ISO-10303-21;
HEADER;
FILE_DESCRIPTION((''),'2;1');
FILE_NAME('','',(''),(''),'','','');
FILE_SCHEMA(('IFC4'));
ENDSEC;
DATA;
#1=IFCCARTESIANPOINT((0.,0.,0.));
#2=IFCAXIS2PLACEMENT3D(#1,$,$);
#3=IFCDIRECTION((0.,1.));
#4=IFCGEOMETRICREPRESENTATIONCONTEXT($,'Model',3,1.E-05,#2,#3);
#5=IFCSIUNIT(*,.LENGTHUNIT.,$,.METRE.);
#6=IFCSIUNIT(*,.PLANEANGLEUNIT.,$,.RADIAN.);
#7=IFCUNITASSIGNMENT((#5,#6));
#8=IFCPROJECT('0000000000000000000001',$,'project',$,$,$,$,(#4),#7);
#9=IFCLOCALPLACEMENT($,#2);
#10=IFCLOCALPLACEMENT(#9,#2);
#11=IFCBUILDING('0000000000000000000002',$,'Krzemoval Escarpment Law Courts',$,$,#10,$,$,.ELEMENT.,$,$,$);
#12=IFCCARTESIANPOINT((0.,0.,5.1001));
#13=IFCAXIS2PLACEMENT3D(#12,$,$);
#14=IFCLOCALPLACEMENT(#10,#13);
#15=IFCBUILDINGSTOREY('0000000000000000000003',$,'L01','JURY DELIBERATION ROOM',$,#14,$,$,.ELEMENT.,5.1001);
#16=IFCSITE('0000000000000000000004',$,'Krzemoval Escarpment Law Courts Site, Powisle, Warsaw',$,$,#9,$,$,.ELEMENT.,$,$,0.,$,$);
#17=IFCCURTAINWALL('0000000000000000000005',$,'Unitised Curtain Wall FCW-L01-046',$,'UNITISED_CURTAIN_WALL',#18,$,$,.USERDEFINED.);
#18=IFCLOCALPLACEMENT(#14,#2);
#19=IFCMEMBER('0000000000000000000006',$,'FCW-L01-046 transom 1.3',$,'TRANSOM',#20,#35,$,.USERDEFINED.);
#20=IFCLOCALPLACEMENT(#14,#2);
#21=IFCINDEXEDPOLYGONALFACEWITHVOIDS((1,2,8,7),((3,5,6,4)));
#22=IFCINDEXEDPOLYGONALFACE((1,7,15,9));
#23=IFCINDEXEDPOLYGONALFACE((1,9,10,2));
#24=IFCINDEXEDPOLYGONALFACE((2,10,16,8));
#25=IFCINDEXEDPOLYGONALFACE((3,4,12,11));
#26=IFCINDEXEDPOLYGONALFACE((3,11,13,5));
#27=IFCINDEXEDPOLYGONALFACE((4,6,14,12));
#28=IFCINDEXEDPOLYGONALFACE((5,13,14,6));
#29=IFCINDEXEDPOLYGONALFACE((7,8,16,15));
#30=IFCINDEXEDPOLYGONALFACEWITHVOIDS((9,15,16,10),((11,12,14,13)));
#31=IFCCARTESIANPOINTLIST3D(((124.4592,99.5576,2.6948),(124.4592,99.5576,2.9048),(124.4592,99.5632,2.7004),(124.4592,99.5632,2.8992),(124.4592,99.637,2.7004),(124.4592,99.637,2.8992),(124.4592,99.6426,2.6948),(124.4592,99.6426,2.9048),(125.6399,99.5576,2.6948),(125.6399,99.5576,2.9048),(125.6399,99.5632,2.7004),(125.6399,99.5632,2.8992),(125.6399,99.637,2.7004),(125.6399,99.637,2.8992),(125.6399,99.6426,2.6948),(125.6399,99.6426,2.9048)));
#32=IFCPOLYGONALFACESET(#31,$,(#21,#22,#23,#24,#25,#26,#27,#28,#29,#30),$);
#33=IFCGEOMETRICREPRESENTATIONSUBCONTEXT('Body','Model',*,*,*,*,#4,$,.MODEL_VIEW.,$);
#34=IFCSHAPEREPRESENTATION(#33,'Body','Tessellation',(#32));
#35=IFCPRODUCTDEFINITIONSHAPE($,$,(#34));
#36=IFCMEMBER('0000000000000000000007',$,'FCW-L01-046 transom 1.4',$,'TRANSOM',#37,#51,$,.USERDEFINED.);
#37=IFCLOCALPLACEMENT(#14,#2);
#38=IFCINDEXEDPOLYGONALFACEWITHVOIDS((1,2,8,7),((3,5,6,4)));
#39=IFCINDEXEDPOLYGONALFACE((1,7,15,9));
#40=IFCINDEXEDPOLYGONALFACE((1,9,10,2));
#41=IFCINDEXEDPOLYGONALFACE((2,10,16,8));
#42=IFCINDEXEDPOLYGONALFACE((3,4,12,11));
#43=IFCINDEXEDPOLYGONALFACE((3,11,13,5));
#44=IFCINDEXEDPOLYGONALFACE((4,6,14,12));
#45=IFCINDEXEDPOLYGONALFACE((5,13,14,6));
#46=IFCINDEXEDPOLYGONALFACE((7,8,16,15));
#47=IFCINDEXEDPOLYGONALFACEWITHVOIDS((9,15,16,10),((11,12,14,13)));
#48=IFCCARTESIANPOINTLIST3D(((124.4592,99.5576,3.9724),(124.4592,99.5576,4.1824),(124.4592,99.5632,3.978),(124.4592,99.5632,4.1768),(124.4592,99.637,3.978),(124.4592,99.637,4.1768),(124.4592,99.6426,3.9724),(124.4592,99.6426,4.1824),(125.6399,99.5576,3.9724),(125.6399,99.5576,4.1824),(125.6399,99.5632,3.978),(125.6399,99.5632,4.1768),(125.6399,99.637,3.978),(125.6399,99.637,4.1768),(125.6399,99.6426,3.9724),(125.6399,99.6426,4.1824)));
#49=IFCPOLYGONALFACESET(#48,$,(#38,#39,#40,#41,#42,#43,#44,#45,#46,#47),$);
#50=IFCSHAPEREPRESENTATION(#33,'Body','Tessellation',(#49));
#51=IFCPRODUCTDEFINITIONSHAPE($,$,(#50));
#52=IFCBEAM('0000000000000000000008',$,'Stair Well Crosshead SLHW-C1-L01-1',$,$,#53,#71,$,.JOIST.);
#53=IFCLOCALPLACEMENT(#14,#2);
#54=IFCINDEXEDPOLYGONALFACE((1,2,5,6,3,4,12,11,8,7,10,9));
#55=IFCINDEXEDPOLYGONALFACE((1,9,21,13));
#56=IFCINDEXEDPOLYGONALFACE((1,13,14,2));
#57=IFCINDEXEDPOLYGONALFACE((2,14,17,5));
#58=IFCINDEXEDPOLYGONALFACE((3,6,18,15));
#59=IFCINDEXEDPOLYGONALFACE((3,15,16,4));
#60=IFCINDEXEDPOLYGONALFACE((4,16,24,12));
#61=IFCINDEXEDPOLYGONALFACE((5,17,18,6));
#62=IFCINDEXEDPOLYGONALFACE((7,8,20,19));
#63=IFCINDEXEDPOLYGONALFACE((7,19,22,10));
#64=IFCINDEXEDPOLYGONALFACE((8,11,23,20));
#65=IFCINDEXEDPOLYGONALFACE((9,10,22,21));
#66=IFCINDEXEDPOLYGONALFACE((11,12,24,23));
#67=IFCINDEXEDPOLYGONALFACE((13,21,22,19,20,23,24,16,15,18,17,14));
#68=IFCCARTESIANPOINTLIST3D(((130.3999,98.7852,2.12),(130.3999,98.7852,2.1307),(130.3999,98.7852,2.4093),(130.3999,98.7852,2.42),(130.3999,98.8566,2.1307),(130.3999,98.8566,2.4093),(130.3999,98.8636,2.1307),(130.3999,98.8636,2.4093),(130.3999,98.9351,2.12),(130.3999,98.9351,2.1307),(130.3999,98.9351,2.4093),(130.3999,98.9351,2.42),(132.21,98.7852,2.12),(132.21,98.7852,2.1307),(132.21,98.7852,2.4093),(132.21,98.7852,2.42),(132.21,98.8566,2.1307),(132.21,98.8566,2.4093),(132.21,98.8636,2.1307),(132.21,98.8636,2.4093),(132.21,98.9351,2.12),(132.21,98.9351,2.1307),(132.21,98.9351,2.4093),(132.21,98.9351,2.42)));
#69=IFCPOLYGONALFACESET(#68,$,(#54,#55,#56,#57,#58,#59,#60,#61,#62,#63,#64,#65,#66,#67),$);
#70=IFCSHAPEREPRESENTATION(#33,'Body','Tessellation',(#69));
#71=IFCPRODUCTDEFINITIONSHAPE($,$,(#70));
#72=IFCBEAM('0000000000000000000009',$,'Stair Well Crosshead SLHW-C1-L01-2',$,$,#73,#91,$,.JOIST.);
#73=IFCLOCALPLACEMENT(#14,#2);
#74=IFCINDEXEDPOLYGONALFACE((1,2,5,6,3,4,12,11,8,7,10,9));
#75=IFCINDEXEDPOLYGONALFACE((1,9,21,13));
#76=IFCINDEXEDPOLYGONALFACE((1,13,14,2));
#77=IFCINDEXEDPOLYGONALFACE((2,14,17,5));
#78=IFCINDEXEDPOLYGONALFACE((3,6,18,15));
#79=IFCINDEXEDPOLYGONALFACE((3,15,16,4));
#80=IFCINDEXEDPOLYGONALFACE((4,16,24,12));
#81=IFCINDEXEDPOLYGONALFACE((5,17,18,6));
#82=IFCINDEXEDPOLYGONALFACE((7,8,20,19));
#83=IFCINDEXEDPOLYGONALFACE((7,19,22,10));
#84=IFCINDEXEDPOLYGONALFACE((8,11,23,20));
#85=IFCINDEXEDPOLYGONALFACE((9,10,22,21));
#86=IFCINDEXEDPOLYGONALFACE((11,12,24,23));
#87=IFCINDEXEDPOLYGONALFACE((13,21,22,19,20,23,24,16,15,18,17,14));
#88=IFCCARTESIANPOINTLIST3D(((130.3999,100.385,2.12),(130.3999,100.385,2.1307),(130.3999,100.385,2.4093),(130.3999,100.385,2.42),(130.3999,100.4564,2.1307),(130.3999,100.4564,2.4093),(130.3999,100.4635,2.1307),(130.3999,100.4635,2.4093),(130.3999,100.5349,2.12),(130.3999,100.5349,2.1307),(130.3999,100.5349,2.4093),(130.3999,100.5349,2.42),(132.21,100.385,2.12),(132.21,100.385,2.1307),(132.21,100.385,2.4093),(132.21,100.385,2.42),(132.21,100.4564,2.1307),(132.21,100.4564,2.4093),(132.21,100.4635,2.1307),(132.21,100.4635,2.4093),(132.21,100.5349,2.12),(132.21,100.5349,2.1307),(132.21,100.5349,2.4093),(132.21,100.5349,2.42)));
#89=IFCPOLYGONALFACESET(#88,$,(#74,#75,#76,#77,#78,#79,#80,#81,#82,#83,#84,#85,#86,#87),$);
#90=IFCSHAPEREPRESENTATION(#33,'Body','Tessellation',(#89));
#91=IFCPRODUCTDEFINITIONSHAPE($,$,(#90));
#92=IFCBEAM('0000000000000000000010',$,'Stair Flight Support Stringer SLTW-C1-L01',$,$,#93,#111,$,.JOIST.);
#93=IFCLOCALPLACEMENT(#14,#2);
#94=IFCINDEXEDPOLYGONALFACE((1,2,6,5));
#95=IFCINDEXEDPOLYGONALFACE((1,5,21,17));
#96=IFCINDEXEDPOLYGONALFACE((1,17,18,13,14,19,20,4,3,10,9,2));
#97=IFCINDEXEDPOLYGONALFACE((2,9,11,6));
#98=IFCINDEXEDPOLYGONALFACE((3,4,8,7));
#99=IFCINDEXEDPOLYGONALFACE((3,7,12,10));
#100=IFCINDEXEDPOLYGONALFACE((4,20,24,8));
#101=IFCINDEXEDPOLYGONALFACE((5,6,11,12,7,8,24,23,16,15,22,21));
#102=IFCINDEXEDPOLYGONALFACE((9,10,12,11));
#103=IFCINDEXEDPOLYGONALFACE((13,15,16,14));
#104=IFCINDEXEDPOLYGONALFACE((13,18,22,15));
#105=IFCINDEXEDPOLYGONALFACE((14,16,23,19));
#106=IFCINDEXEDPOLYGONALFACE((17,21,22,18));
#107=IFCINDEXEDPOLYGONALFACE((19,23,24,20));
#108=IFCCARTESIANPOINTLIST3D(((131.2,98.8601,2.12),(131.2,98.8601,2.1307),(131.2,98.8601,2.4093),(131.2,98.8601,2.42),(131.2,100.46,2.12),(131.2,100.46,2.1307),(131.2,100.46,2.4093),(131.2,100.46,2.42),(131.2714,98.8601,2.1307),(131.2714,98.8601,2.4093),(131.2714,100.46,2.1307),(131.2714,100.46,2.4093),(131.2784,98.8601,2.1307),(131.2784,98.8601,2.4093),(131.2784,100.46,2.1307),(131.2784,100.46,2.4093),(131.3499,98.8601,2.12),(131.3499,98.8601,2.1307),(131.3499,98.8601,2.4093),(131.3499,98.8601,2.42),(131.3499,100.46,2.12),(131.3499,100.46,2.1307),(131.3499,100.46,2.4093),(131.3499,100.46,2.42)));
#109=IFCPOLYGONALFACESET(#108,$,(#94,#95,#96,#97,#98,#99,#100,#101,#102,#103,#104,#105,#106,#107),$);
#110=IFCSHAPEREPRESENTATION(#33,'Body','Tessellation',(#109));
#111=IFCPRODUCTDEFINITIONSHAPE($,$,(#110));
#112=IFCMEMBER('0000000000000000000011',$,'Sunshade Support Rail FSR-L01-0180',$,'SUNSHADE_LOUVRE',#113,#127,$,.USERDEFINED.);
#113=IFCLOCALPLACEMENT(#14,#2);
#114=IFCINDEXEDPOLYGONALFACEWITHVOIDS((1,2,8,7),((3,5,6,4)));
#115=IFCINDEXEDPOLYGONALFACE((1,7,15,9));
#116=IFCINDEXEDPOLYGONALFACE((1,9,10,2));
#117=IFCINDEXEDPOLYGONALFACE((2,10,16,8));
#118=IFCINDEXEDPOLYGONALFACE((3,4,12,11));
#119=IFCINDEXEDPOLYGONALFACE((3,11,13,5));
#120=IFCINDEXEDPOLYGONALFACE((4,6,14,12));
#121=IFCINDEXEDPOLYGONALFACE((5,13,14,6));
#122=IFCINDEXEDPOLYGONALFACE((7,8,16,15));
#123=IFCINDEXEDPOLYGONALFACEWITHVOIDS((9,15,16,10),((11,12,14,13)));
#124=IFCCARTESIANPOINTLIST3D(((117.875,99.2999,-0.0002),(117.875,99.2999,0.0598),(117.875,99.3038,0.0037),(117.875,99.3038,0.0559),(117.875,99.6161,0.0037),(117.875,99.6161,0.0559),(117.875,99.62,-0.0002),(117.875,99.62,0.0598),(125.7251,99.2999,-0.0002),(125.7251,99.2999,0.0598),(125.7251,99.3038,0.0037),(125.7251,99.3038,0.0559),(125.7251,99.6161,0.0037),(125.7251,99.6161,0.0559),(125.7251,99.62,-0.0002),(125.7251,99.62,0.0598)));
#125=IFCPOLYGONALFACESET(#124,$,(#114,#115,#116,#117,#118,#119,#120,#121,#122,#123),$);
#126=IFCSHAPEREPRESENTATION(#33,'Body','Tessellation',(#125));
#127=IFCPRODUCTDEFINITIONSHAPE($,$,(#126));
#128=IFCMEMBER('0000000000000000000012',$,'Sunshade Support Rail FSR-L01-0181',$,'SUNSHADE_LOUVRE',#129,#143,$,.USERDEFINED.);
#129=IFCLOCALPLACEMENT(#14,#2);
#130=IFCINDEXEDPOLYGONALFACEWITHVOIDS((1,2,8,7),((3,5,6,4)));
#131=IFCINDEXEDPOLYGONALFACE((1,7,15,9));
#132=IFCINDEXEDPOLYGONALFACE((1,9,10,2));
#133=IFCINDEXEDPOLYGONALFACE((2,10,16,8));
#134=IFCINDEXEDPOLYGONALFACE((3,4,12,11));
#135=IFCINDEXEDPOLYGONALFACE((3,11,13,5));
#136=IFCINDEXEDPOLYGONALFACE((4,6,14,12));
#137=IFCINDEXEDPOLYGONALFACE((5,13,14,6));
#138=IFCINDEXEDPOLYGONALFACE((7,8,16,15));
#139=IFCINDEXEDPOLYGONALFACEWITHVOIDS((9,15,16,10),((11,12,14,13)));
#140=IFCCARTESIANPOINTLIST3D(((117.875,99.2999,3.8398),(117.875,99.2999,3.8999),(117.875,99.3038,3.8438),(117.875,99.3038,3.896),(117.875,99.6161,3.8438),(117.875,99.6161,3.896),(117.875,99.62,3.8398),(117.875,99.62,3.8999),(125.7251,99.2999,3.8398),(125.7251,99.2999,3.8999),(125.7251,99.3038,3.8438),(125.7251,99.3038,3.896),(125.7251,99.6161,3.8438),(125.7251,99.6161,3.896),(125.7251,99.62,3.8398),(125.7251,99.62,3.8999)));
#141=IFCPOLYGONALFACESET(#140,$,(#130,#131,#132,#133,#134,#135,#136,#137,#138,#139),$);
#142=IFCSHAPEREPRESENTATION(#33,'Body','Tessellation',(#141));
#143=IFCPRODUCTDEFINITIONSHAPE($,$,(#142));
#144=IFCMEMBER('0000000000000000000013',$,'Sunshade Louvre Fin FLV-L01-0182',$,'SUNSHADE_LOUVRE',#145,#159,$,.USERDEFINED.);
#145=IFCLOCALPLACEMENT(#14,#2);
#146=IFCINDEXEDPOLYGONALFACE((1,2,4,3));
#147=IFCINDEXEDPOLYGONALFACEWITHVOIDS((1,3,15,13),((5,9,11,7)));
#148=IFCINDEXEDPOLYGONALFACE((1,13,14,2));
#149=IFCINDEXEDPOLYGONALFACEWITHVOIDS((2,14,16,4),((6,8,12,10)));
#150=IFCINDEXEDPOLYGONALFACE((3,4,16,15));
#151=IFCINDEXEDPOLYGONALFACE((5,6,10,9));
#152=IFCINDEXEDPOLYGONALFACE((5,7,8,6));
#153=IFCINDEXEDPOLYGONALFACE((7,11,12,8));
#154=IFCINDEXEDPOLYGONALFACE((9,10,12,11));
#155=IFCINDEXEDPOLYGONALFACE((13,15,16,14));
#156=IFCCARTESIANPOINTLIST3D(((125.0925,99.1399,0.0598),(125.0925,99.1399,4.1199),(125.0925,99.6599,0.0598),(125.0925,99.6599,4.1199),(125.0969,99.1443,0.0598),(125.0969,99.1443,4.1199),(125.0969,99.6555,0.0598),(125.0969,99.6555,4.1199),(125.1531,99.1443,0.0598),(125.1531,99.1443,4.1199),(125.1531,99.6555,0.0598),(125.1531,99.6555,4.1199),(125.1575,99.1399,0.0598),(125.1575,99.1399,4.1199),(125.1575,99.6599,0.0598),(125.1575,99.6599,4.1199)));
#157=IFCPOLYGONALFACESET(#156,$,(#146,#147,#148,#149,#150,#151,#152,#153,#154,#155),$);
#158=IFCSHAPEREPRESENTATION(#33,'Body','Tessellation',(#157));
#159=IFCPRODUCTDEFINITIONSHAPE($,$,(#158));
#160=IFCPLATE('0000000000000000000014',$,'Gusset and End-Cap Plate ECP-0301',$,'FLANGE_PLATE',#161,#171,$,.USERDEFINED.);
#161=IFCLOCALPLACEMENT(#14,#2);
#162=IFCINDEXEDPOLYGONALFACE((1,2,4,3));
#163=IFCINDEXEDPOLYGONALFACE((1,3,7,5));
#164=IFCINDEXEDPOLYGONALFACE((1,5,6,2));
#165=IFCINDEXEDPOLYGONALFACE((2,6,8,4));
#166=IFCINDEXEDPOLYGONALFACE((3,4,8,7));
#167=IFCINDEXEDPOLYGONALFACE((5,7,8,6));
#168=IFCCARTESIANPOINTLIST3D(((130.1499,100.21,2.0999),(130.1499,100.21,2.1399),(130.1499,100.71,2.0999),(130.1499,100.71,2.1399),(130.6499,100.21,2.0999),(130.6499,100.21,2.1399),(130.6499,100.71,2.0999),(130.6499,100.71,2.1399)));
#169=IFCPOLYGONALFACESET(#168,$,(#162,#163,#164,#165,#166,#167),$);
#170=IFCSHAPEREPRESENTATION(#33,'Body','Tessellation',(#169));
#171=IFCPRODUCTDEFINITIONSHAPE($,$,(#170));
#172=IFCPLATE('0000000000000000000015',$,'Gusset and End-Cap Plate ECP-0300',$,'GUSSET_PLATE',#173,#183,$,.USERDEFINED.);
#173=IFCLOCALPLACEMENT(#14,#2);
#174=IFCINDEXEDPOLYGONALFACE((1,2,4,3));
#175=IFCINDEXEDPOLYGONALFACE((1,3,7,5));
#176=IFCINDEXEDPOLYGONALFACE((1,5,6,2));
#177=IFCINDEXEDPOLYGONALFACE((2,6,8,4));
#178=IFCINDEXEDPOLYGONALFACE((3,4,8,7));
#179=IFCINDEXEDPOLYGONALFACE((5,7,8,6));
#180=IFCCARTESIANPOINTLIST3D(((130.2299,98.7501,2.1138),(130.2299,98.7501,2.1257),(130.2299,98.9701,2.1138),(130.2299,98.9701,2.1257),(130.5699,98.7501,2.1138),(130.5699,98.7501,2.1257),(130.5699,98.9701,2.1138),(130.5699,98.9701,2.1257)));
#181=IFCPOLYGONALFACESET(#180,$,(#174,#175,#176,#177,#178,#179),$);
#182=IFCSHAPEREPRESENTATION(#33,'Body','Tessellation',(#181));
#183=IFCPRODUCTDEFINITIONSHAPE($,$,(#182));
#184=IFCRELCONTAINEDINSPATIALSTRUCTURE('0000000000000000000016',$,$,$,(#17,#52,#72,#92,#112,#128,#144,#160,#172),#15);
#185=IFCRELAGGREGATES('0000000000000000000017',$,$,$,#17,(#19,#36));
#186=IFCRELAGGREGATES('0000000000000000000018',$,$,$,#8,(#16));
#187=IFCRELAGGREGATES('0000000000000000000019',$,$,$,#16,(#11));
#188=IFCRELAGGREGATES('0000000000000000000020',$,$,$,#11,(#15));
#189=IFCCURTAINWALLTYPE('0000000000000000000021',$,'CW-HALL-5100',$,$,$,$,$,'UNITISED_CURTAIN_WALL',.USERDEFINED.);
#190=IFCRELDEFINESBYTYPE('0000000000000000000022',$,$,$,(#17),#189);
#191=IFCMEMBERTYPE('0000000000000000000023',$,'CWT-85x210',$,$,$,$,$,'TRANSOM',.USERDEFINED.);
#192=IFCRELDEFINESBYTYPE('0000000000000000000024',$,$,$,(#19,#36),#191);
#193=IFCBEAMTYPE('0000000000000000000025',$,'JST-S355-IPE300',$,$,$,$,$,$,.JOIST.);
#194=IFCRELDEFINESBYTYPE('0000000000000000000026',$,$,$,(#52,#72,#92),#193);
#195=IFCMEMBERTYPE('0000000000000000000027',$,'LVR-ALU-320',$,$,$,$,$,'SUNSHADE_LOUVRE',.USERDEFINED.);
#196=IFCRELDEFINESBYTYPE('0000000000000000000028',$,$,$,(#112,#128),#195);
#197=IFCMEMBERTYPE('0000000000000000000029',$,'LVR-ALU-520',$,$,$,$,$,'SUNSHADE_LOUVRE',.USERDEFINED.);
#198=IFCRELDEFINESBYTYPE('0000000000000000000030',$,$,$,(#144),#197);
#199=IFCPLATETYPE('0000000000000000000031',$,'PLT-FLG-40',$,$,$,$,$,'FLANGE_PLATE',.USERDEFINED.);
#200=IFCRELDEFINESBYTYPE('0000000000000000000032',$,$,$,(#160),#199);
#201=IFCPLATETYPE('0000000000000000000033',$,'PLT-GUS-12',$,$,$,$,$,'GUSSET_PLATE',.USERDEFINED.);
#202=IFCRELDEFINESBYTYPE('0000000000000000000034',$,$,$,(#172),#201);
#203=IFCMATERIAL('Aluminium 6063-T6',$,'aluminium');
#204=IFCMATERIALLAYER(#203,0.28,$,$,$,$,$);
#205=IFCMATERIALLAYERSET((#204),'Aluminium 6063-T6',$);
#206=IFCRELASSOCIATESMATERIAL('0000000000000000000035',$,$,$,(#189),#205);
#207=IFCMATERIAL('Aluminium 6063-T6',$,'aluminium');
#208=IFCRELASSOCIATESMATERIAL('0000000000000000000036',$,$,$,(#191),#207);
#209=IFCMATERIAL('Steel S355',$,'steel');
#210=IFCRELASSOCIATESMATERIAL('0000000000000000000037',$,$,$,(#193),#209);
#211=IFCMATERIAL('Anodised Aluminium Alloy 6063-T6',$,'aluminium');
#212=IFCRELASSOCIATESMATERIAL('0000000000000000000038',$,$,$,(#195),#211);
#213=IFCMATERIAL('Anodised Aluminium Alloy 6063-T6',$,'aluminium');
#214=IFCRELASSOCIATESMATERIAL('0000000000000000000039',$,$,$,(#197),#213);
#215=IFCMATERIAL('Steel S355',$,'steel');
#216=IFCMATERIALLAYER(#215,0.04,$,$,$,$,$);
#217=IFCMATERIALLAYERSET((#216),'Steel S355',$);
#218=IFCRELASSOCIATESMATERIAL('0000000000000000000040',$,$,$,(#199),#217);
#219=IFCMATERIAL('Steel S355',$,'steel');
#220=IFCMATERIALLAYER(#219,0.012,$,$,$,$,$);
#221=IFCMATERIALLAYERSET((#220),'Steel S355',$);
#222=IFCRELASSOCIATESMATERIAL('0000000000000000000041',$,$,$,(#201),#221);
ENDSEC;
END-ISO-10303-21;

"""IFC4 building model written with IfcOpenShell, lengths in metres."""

from ifc_helpers import new_model, si_unit, direction, frame, origin, origin_2d, place, context, subcontext, project, spatial, rectangle, hollow_rectangle, i_section, extrude, material, layer, layer_set, material_profile, profile_set, type_object, element, aggregate, save


model = new_model("IFC4")

# Units and contexts
model_context = context("Model", 3, precision=1e-05, world=origin(), true_north=direction((0.0, 1.0)))
body_context = subcontext(model_context, "Body", "Model", "MODEL_VIEW")
ifc_project = project(units=[si_unit("LENGTHUNIT", "METRE"), si_unit("PLANEANGLEUNIT", "RADIAN")], contexts=[model_context])

# Site, building, storey
site_placement = place(None, origin())
site = spatial("IfcSite", under=ifc_project, at=site_placement, Name="Krzemoval Escarpment Law Courts Site, Powisle, Warsaw", CompositionType="ELEMENT", RefElevation=0.0)
building_placement = place(site_placement, origin())
building = spatial("IfcBuilding", under=site, at=building_placement, Name="Krzemoval Escarpment Law Courts", CompositionType="ELEMENT")
storey_placement = place(building_placement, frame((0.0, 0.0, 5.1001)))
storey = spatial("IfcBuildingStorey", under=building, at=storey_placement, Name="L01", Description="JURY DELIBERATION ROOM", CompositionType="ELEMENT", Elevation=5.1001)

# Curtain wall, members
ifc_material_1 = material(Name="Aluminium 6063-T6", Category="aluminium")
ifc_layer_1 = layer(ifc_material_1, 0.28)
ifc_layer_set_1 = layer_set([ifc_layer_1], Name="Aluminium 6063-T6")
curtain_wall_type = type_object("IfcCurtainWallType", Name="CW-HALL-5100", ElementType="UNITISED_CURTAIN_WALL", PredefinedType="USERDEFINED", material=ifc_layer_set_1)
curtain_wall_placement = place(storey_placement, origin())
curtain_wall = element("IfcCurtainWall", 1, at=curtain_wall_placement, inside=storey, type_object=curtain_wall_type, Name="Unitised Curtain Wall FCW-L01-046", ObjectType="UNITISED_CURTAIN_WALL", PredefinedType="USERDEFINED")
ifc_material_2 = material(Name="Aluminium 6063-T6", Category="aluminium")
ifc_material_profile_1 = material_profile(ifc_material_2, hollow_rectangle(XDim=0.085, YDim=0.21, WallThickness=0.0056, at=origin_2d()), Name="ALU T85x210")
ifc_profile_set_1 = profile_set([ifc_material_profile_1], Name="Aluminium 6063-T6")
member_type_1 = type_object("IfcMemberType", Name="CWT-85x210", ElementType="TRANSOM", PredefinedType="USERDEFINED", material=ifc_profile_set_1)
member_1_placement = place(storey_placement, frame((125.6399, 99.6001, 2.7998), z_axis=(-1.0, 0.0, 0.0), x_axis=(0.0, -1.0, 0.0)))
member_1 = element("IfcMember", 2, at=member_1_placement, type_object=member_type_1, Name="FCW-L01-046 transom 1.3", ObjectType="TRANSOM", PredefinedType="USERDEFINED", context=body_context, shape_type="SweptSolid", body=[
    extrude(hollow_rectangle(XDim=0.085, YDim=0.21, WallThickness=0.0056, at=origin_2d()), origin(), (0.0, 0.0, 1.0), 1.1807),
])
member_2_placement = place(storey_placement, frame((125.6399, 99.6001, 4.0774), z_axis=(-1.0, 0.0, 0.0), x_axis=(0.0, -1.0, 0.0)))
member_2 = element("IfcMember", 3, at=member_2_placement, type_object=member_type_1, Name="FCW-L01-046 transom 1.4", ObjectType="TRANSOM", PredefinedType="USERDEFINED", context=body_context, shape_type="SweptSolid", body=[
    extrude(hollow_rectangle(XDim=0.085, YDim=0.21, WallThickness=0.0056, at=origin_2d()), origin(), (0.0, 0.0, 1.0), 1.1807),
])
aggregate(curtain_wall, [member_1, member_2])

# Beams
ifc_material_3 = material(Name="Steel S355", Category="steel")
ifc_material_profile_2 = material_profile(ifc_material_3, i_section(OverallWidth=0.1499, OverallDepth=0.3, WebThickness=0.0071, FlangeThickness=0.0107, at=origin_2d()), Name="IPE 300")
ifc_profile_set_2 = profile_set([ifc_material_profile_2], Name="Steel S355")
beam_type_1 = type_object("IfcBeamType", Name="JST-S355-IPE300", PredefinedType="JOIST", material=ifc_profile_set_2)
for number, where, z_axis, x_axis, name in (
    (4, (130.3999, 98.8601, 2.27), (1.0, 0.0, 0.0), (0.0, 1.0, 0.0), "Stair Well Crosshead SLHW-C1-L01-1"),
    (5, (130.3999, 100.46, 2.27), (1.0, 0.0, 0.0), (0.0, 1.0, 0.0), "Stair Well Crosshead SLHW-C1-L01-2"),
):
    element("IfcBeam", number, at=place(storey_placement, frame(where, z_axis=z_axis, x_axis=x_axis)), inside=storey, type_object=beam_type_1, Name=name, PredefinedType="JOIST", context=body_context, shape_type="SweptSolid", body=[
        extrude(i_section(OverallWidth=0.1499, OverallDepth=0.3, WebThickness=0.0071, FlangeThickness=0.0107, at=origin_2d()), origin(), (0.0, 0.0, 1.0), 1.8101),
    ])
beam_1_placement = place(storey_placement, frame((131.2749, 98.8601, 2.27), z_axis=(0.0, 1.0, 0.0), x_axis=(-1.0, 0.0, 0.0)))
element("IfcBeam", 6, at=beam_1_placement, inside=storey, type_object=beam_type_1, Name="Stair Flight Support Stringer SLTW-C1-L01", PredefinedType="JOIST", context=body_context, shape_type="SweptSolid", body=[
    extrude(i_section(OverallWidth=0.1499, OverallDepth=0.3, WebThickness=0.0071, FlangeThickness=0.0107, at=origin_2d()), origin(), (0.0, 0.0, 1.0), 1.5999),
])

# Members
ifc_material_4 = material(Name="Anodised Aluminium Alloy 6063-T6", Category="aluminium")
ifc_material_profile_3 = material_profile(ifc_material_4, hollow_rectangle(XDim=0.0601, YDim=0.3201, WallThickness=0.0039, at=origin_2d()), Name="ALU LVR 60x320")
ifc_profile_set_3 = profile_set([ifc_material_profile_3], Name="Anodised Aluminium Alloy 6063-T6")
member_type_2 = type_object("IfcMemberType", Name="LVR-ALU-320", ElementType="SUNSHADE_LOUVRE", PredefinedType="USERDEFINED", material=ifc_profile_set_3)
for number, where, z_axis, x_axis, name in (
    (7, (125.7251, 99.46, 0.0298), (-1.0, 0.0, 0.0), (0.0, 0.0, 1.0), "Sunshade Support Rail FSR-L01-0180"),
    (8, (125.7251, 99.46, 3.8699), (-1.0, 0.0, 0.0), (0.0, 0.0, 1.0), "Sunshade Support Rail FSR-L01-0181"),
):
    element("IfcMember", number, at=place(storey_placement, frame(where, z_axis=z_axis, x_axis=x_axis)), inside=storey, type_object=member_type_2, Name=name, ObjectType="SUNSHADE_LOUVRE", PredefinedType="USERDEFINED", context=body_context, shape_type="SweptSolid", body=[
        extrude(hollow_rectangle(XDim=0.0601, YDim=0.3201, WallThickness=0.0039, at=origin_2d()), origin(), (0.0, 0.0, 1.0), 7.8501),
    ])
ifc_material_5 = material(Name="Anodised Aluminium Alloy 6063-T6", Category="aluminium")
ifc_material_profile_4 = material_profile(ifc_material_5, hollow_rectangle(XDim=0.0649, YDim=0.52, WallThickness=0.0044, at=origin_2d()), Name="ALU LVR 65x520")
ifc_profile_set_4 = profile_set([ifc_material_profile_4], Name="Anodised Aluminium Alloy 6063-T6")
member_type_3 = type_object("IfcMemberType", Name="LVR-ALU-520", ElementType="SUNSHADE_LOUVRE", PredefinedType="USERDEFINED", material=ifc_profile_set_4)
member_3_placement = place(storey_placement, frame((125.125, 99.3999, 0.0598), z_axis=(0.0, 0.0, 1.0), x_axis=(1.0, 0.0, 0.0)))
element("IfcMember", 9, at=member_3_placement, inside=storey, type_object=member_type_3, Name="Sunshade Louvre Fin FLV-L01-0182", ObjectType="SUNSHADE_LOUVRE", PredefinedType="USERDEFINED", context=body_context, shape_type="SweptSolid", body=[
    extrude(hollow_rectangle(XDim=0.0649, YDim=0.52, WallThickness=0.0044, at=origin_2d()), origin(), (0.0, 0.0, 1.0), 4.0601),
])

# Plates
ifc_material_6 = material(Name="Steel S355", Category="steel")
ifc_layer_2 = layer(ifc_material_6, 0.04)
ifc_layer_set_2 = layer_set([ifc_layer_2], Name="Steel S355")
plate_type_1 = type_object("IfcPlateType", Name="PLT-FLG-40", ElementType="FLANGE_PLATE", PredefinedType="USERDEFINED", material=ifc_layer_set_2)
plate_1_placement = place(storey_placement, frame((130.3999, 100.46, 2.0999), z_axis=(0.0, 0.0, 1.0), x_axis=(1.0, 0.0, 0.0)))
element("IfcPlate", 10, at=plate_1_placement, inside=storey, type_object=plate_type_1, Name="Gusset and End-Cap Plate ECP-0301", ObjectType="FLANGE_PLATE", PredefinedType="USERDEFINED", context=body_context, shape_type="SweptSolid", body=[
    extrude(rectangle(XDim=0.5, YDim=0.5, at=origin_2d()), origin(), (0.0, 0.0, 1.0), 0.04),
])
ifc_material_7 = material(Name="Steel S355", Category="steel")
ifc_layer_3 = layer(ifc_material_7, 0.012)
ifc_layer_set_3 = layer_set([ifc_layer_3], Name="Steel S355")
plate_type_2 = type_object("IfcPlateType", Name="PLT-GUS-12", ElementType="GUSSET_PLATE", PredefinedType="USERDEFINED", material=ifc_layer_set_3)
plate_2_placement = place(storey_placement, frame((130.3999, 98.8601, 2.1138), z_axis=(0.0, 0.0, 1.0), x_axis=(1.0, 0.0, 0.0)))
element("IfcPlate", 11, at=plate_2_placement, inside=storey, type_object=plate_type_2, Name="Gusset and End-Cap Plate ECP-0300", ObjectType="GUSSET_PLATE", PredefinedType="USERDEFINED", context=body_context, shape_type="SweptSolid", body=[
    extrude(rectangle(XDim=0.3401, YDim=0.22, at=origin_2d()), origin(), (0.0, 0.0, 1.0), 0.012),
])

save(model, "model.ifc")
